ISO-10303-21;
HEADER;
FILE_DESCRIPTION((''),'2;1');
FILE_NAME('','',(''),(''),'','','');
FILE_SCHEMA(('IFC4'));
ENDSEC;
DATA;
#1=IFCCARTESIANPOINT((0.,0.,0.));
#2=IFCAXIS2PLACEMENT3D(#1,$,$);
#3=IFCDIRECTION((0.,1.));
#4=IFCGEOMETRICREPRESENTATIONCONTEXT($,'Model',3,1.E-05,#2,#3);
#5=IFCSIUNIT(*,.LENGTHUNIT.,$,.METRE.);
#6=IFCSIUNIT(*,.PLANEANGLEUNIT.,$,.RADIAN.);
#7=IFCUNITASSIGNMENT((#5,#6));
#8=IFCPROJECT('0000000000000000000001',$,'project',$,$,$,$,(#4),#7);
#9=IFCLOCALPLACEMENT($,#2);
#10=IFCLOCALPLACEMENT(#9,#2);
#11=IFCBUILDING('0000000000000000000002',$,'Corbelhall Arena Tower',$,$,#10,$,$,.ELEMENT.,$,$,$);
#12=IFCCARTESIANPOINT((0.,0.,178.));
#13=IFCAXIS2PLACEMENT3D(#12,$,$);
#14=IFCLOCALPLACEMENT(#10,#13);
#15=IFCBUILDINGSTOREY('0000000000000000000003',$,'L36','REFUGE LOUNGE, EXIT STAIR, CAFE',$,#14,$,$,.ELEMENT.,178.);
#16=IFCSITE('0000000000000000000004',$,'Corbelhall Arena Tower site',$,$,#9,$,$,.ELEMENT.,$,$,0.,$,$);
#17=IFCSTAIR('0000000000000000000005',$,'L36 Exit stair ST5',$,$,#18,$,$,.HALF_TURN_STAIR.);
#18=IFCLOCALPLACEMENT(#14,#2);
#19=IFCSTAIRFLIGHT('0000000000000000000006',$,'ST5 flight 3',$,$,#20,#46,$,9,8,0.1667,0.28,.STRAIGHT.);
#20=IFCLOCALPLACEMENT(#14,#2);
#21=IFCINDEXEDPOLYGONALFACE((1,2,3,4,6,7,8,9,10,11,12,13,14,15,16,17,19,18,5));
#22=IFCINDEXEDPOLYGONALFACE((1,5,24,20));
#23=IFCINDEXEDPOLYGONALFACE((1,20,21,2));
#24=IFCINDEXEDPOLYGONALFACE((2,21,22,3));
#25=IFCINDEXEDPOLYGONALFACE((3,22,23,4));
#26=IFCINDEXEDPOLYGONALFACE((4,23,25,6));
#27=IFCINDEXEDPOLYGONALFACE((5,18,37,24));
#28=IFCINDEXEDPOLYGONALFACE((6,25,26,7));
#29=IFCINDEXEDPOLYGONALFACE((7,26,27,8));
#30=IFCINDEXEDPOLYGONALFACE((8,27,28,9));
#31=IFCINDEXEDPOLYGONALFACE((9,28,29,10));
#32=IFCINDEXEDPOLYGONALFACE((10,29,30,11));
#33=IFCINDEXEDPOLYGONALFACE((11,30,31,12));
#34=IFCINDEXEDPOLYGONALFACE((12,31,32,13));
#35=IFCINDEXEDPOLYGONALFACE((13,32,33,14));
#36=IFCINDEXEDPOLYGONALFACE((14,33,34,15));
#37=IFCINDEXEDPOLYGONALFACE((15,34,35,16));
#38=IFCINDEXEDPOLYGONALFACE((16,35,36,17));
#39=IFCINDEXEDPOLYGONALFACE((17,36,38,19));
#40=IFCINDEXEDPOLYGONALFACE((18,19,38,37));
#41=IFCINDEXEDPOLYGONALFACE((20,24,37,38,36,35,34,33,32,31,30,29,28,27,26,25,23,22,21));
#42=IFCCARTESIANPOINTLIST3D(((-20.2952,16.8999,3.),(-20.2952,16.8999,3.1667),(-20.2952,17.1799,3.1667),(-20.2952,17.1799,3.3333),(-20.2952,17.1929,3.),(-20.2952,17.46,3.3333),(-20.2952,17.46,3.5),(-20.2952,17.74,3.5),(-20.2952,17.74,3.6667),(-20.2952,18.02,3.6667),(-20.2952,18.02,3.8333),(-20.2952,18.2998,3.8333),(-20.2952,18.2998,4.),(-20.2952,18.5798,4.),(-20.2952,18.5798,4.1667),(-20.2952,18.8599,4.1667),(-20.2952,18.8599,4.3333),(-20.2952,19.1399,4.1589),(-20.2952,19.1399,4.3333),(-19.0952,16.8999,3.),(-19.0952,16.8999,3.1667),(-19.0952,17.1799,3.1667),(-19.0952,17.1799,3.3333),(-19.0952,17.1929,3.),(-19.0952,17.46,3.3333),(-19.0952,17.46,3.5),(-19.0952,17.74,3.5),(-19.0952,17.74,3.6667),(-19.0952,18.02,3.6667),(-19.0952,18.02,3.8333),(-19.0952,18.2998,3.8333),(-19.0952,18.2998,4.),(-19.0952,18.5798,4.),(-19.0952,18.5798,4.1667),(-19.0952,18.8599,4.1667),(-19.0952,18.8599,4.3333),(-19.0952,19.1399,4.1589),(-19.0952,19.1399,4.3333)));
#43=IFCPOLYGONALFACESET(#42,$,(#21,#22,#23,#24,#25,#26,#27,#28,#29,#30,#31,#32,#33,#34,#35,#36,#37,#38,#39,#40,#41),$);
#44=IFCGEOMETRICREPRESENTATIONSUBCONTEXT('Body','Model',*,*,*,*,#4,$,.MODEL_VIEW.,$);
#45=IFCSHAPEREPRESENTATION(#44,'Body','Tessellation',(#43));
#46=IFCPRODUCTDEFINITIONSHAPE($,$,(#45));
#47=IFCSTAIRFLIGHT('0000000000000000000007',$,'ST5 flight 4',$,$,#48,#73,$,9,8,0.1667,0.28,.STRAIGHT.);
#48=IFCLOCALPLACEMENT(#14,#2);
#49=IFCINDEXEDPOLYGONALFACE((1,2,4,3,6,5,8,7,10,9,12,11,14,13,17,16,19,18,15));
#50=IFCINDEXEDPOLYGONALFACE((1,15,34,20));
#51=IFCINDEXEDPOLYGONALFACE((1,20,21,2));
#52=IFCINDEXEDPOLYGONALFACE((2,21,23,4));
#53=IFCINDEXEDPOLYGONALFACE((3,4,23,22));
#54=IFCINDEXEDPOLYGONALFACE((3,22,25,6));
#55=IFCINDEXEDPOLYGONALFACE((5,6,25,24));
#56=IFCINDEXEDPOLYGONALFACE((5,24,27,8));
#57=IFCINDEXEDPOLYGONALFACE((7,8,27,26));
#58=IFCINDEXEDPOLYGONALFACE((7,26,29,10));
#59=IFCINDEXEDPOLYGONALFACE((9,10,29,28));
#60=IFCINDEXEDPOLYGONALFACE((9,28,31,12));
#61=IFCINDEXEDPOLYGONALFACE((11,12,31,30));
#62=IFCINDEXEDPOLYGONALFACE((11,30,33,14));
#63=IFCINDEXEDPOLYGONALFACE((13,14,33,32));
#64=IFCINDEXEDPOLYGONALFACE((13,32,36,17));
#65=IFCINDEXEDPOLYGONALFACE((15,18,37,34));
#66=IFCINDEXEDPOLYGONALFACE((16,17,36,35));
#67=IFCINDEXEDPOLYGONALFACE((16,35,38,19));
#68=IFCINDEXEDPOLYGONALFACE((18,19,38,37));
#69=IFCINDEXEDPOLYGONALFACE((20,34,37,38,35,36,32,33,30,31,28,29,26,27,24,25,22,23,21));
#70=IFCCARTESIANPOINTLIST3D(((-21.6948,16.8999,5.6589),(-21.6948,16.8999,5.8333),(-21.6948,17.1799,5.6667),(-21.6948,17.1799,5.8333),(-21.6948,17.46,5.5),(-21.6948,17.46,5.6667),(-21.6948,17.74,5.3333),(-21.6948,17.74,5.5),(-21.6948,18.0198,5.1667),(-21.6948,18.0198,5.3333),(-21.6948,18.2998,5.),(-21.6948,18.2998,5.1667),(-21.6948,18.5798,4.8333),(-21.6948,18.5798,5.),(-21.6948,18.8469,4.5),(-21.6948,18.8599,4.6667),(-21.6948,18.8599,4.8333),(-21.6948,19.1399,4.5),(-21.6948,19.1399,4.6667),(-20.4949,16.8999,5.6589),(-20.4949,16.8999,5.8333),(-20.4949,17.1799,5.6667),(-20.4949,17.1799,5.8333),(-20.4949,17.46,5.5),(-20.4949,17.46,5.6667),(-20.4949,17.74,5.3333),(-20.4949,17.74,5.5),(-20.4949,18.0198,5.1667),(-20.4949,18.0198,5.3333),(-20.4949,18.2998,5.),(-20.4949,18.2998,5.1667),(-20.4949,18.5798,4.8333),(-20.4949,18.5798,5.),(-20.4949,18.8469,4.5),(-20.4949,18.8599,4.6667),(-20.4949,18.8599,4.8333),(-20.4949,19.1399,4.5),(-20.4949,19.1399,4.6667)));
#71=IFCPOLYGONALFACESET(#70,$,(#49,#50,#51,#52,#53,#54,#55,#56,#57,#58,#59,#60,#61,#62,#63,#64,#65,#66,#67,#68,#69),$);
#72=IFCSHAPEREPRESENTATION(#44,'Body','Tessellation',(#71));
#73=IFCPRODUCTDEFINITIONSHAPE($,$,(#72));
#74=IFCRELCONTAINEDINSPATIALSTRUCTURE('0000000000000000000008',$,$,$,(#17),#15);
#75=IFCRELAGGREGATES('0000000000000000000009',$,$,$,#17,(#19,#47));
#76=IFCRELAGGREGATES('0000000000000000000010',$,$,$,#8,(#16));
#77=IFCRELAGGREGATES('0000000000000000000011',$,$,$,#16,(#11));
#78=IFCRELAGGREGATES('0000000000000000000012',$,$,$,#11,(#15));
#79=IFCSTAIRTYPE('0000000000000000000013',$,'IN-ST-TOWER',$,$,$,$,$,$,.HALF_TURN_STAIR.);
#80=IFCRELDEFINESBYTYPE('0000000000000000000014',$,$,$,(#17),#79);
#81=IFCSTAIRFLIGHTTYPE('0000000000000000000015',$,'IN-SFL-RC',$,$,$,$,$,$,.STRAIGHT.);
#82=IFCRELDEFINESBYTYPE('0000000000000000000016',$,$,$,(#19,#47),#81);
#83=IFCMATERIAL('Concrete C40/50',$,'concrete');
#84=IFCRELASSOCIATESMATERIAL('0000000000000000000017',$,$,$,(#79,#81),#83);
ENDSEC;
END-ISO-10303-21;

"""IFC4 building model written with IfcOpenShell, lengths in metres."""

from ifc_helpers import new_model, si_unit, direction, frame, origin, place, context, subcontext, project, spatial, polyline, outline, extrude, material, type_object, element, aggregate, save


model = new_model("IFC4")

# Units and contexts
model_context = context("Model", 3, precision=1e-05, world=origin(), true_north=direction((0.0, 1.0)))
body_context = subcontext(model_context, "Body", "Model", "MODEL_VIEW")
ifc_project = project(units=[si_unit("LENGTHUNIT", "METRE"), si_unit("PLANEANGLEUNIT", "RADIAN")], contexts=[model_context])

# Site, building, storey
site_placement = place(None, origin())
site = spatial("IfcSite", under=ifc_project, at=site_placement, Name="Corbelhall Arena Tower site", CompositionType="ELEMENT", RefElevation=0.0)
building_placement = place(site_placement, origin())
building = spatial("IfcBuilding", under=site, at=building_placement, Name="Corbelhall Arena Tower", CompositionType="ELEMENT")
storey_placement = place(building_placement, frame((0.0, 0.0, 178.0)))
storey = spatial("IfcBuildingStorey", under=building, at=storey_placement, Name="L36", Description="REFUGE LOUNGE, EXIT STAIR, CAFE", CompositionType="ELEMENT", Elevation=178.0)

# Shared definitions
ifc_material_1 = material(Name="Concrete C40/50", Category="concrete")

# Stair, stair flights
stair_type = type_object("IfcStairType", Name="IN-ST-TOWER", PredefinedType="HALF_TURN_STAIR", material=ifc_material_1)
stair_placement = place(storey_placement, origin())
stair = element("IfcStair", 1, at=stair_placement, inside=storey, type_object=stair_type, Name="L36 Exit stair ST5", PredefinedType="HALF_TURN_STAIR")
stair_flight_type = type_object("IfcStairFlightType", Name="IN-SFL-RC", PredefinedType="STRAIGHT", material=ifc_material_1)
stair_flight_1_placement = place(storey_placement, frame((-19.6951, 16.8999, 3.0), z_axis=(0.0, 0.0, 1.0), x_axis=(0.0, 1.0, 0.0)))
stair_flight_1 = element("IfcStairFlight", 2, at=stair_flight_1_placement, type_object=stair_flight_type, Name="ST5 flight 3", NumberOfRisers=9, NumberOfTreads=8, PredefinedType="STRAIGHT", RiserHeight=0.1667, TreadLength=0.28, context=body_context, shape_type="SweptSolid", body=[
    extrude(outline(polyline([(0.0, 0.0), (0.0, 0.1667), (0.28, 0.1667), (0.28, 0.3333), (0.5601, 0.3333), (0.5601, 0.5), (0.8401, 0.5), (0.8401, 0.6667), (1.1201, 0.6667), (1.1201, 0.8333), (1.3999, 0.8333), (1.3999, 1.0), (1.6799, 1.0), (1.6799, 1.1667), (1.96, 1.1667), (1.96, 1.3333), (2.24, 1.3333), (2.24, 1.5), (2.24, 1.1589), (0.293, 0.0), (0.0, 0.0)])), frame((0.0, 0.6001, 0.0), z_axis=(0.0, -1.0, 0.0), x_axis=(1.0, 0.0, 0.0)), (0.0, 0.0, 1.0), 1.2),
])
stair_flight_2_placement = place(storey_placement, frame((-21.095, 19.1399, 4.5), z_axis=(0.0, 0.0, 1.0), x_axis=(0.0, -1.0, 0.0)))
stair_flight_2 = element("IfcStairFlight", 3, at=stair_flight_2_placement, type_object=stair_flight_type, Name="ST5 flight 4", NumberOfRisers=9, NumberOfTreads=8, PredefinedType="STRAIGHT", RiserHeight=0.1667, TreadLength=0.28, context=body_context, shape_type="SweptSolid", body=[
    extrude(outline(polyline([(0.0, 0.0), (0.0, 0.1667), (0.28, 0.1667), (0.28, 0.3333), (0.5601, 0.3333), (0.5601, 0.5), (0.8401, 0.5), (0.8401, 0.6667), (1.1201, 0.6667), (1.1201, 0.8333), (1.3999, 0.8333), (1.3999, 1.0), (1.6799, 1.0), (1.6799, 1.1667), (1.96, 1.1667), (1.96, 1.3333), (2.24, 1.3333), (2.24, 1.5), (2.24, 1.1589), (0.293, 0.0), (0.0, 0.0)])), frame((0.0, 0.6001, 0.0), z_axis=(0.0, -1.0, 0.0), x_axis=(1.0, 0.0, 0.0)), (0.0, 0.0, 1.0), 1.2),
])
aggregate(stair, [stair_flight_1, stair_flight_2])

save(model, "model.ifc")
